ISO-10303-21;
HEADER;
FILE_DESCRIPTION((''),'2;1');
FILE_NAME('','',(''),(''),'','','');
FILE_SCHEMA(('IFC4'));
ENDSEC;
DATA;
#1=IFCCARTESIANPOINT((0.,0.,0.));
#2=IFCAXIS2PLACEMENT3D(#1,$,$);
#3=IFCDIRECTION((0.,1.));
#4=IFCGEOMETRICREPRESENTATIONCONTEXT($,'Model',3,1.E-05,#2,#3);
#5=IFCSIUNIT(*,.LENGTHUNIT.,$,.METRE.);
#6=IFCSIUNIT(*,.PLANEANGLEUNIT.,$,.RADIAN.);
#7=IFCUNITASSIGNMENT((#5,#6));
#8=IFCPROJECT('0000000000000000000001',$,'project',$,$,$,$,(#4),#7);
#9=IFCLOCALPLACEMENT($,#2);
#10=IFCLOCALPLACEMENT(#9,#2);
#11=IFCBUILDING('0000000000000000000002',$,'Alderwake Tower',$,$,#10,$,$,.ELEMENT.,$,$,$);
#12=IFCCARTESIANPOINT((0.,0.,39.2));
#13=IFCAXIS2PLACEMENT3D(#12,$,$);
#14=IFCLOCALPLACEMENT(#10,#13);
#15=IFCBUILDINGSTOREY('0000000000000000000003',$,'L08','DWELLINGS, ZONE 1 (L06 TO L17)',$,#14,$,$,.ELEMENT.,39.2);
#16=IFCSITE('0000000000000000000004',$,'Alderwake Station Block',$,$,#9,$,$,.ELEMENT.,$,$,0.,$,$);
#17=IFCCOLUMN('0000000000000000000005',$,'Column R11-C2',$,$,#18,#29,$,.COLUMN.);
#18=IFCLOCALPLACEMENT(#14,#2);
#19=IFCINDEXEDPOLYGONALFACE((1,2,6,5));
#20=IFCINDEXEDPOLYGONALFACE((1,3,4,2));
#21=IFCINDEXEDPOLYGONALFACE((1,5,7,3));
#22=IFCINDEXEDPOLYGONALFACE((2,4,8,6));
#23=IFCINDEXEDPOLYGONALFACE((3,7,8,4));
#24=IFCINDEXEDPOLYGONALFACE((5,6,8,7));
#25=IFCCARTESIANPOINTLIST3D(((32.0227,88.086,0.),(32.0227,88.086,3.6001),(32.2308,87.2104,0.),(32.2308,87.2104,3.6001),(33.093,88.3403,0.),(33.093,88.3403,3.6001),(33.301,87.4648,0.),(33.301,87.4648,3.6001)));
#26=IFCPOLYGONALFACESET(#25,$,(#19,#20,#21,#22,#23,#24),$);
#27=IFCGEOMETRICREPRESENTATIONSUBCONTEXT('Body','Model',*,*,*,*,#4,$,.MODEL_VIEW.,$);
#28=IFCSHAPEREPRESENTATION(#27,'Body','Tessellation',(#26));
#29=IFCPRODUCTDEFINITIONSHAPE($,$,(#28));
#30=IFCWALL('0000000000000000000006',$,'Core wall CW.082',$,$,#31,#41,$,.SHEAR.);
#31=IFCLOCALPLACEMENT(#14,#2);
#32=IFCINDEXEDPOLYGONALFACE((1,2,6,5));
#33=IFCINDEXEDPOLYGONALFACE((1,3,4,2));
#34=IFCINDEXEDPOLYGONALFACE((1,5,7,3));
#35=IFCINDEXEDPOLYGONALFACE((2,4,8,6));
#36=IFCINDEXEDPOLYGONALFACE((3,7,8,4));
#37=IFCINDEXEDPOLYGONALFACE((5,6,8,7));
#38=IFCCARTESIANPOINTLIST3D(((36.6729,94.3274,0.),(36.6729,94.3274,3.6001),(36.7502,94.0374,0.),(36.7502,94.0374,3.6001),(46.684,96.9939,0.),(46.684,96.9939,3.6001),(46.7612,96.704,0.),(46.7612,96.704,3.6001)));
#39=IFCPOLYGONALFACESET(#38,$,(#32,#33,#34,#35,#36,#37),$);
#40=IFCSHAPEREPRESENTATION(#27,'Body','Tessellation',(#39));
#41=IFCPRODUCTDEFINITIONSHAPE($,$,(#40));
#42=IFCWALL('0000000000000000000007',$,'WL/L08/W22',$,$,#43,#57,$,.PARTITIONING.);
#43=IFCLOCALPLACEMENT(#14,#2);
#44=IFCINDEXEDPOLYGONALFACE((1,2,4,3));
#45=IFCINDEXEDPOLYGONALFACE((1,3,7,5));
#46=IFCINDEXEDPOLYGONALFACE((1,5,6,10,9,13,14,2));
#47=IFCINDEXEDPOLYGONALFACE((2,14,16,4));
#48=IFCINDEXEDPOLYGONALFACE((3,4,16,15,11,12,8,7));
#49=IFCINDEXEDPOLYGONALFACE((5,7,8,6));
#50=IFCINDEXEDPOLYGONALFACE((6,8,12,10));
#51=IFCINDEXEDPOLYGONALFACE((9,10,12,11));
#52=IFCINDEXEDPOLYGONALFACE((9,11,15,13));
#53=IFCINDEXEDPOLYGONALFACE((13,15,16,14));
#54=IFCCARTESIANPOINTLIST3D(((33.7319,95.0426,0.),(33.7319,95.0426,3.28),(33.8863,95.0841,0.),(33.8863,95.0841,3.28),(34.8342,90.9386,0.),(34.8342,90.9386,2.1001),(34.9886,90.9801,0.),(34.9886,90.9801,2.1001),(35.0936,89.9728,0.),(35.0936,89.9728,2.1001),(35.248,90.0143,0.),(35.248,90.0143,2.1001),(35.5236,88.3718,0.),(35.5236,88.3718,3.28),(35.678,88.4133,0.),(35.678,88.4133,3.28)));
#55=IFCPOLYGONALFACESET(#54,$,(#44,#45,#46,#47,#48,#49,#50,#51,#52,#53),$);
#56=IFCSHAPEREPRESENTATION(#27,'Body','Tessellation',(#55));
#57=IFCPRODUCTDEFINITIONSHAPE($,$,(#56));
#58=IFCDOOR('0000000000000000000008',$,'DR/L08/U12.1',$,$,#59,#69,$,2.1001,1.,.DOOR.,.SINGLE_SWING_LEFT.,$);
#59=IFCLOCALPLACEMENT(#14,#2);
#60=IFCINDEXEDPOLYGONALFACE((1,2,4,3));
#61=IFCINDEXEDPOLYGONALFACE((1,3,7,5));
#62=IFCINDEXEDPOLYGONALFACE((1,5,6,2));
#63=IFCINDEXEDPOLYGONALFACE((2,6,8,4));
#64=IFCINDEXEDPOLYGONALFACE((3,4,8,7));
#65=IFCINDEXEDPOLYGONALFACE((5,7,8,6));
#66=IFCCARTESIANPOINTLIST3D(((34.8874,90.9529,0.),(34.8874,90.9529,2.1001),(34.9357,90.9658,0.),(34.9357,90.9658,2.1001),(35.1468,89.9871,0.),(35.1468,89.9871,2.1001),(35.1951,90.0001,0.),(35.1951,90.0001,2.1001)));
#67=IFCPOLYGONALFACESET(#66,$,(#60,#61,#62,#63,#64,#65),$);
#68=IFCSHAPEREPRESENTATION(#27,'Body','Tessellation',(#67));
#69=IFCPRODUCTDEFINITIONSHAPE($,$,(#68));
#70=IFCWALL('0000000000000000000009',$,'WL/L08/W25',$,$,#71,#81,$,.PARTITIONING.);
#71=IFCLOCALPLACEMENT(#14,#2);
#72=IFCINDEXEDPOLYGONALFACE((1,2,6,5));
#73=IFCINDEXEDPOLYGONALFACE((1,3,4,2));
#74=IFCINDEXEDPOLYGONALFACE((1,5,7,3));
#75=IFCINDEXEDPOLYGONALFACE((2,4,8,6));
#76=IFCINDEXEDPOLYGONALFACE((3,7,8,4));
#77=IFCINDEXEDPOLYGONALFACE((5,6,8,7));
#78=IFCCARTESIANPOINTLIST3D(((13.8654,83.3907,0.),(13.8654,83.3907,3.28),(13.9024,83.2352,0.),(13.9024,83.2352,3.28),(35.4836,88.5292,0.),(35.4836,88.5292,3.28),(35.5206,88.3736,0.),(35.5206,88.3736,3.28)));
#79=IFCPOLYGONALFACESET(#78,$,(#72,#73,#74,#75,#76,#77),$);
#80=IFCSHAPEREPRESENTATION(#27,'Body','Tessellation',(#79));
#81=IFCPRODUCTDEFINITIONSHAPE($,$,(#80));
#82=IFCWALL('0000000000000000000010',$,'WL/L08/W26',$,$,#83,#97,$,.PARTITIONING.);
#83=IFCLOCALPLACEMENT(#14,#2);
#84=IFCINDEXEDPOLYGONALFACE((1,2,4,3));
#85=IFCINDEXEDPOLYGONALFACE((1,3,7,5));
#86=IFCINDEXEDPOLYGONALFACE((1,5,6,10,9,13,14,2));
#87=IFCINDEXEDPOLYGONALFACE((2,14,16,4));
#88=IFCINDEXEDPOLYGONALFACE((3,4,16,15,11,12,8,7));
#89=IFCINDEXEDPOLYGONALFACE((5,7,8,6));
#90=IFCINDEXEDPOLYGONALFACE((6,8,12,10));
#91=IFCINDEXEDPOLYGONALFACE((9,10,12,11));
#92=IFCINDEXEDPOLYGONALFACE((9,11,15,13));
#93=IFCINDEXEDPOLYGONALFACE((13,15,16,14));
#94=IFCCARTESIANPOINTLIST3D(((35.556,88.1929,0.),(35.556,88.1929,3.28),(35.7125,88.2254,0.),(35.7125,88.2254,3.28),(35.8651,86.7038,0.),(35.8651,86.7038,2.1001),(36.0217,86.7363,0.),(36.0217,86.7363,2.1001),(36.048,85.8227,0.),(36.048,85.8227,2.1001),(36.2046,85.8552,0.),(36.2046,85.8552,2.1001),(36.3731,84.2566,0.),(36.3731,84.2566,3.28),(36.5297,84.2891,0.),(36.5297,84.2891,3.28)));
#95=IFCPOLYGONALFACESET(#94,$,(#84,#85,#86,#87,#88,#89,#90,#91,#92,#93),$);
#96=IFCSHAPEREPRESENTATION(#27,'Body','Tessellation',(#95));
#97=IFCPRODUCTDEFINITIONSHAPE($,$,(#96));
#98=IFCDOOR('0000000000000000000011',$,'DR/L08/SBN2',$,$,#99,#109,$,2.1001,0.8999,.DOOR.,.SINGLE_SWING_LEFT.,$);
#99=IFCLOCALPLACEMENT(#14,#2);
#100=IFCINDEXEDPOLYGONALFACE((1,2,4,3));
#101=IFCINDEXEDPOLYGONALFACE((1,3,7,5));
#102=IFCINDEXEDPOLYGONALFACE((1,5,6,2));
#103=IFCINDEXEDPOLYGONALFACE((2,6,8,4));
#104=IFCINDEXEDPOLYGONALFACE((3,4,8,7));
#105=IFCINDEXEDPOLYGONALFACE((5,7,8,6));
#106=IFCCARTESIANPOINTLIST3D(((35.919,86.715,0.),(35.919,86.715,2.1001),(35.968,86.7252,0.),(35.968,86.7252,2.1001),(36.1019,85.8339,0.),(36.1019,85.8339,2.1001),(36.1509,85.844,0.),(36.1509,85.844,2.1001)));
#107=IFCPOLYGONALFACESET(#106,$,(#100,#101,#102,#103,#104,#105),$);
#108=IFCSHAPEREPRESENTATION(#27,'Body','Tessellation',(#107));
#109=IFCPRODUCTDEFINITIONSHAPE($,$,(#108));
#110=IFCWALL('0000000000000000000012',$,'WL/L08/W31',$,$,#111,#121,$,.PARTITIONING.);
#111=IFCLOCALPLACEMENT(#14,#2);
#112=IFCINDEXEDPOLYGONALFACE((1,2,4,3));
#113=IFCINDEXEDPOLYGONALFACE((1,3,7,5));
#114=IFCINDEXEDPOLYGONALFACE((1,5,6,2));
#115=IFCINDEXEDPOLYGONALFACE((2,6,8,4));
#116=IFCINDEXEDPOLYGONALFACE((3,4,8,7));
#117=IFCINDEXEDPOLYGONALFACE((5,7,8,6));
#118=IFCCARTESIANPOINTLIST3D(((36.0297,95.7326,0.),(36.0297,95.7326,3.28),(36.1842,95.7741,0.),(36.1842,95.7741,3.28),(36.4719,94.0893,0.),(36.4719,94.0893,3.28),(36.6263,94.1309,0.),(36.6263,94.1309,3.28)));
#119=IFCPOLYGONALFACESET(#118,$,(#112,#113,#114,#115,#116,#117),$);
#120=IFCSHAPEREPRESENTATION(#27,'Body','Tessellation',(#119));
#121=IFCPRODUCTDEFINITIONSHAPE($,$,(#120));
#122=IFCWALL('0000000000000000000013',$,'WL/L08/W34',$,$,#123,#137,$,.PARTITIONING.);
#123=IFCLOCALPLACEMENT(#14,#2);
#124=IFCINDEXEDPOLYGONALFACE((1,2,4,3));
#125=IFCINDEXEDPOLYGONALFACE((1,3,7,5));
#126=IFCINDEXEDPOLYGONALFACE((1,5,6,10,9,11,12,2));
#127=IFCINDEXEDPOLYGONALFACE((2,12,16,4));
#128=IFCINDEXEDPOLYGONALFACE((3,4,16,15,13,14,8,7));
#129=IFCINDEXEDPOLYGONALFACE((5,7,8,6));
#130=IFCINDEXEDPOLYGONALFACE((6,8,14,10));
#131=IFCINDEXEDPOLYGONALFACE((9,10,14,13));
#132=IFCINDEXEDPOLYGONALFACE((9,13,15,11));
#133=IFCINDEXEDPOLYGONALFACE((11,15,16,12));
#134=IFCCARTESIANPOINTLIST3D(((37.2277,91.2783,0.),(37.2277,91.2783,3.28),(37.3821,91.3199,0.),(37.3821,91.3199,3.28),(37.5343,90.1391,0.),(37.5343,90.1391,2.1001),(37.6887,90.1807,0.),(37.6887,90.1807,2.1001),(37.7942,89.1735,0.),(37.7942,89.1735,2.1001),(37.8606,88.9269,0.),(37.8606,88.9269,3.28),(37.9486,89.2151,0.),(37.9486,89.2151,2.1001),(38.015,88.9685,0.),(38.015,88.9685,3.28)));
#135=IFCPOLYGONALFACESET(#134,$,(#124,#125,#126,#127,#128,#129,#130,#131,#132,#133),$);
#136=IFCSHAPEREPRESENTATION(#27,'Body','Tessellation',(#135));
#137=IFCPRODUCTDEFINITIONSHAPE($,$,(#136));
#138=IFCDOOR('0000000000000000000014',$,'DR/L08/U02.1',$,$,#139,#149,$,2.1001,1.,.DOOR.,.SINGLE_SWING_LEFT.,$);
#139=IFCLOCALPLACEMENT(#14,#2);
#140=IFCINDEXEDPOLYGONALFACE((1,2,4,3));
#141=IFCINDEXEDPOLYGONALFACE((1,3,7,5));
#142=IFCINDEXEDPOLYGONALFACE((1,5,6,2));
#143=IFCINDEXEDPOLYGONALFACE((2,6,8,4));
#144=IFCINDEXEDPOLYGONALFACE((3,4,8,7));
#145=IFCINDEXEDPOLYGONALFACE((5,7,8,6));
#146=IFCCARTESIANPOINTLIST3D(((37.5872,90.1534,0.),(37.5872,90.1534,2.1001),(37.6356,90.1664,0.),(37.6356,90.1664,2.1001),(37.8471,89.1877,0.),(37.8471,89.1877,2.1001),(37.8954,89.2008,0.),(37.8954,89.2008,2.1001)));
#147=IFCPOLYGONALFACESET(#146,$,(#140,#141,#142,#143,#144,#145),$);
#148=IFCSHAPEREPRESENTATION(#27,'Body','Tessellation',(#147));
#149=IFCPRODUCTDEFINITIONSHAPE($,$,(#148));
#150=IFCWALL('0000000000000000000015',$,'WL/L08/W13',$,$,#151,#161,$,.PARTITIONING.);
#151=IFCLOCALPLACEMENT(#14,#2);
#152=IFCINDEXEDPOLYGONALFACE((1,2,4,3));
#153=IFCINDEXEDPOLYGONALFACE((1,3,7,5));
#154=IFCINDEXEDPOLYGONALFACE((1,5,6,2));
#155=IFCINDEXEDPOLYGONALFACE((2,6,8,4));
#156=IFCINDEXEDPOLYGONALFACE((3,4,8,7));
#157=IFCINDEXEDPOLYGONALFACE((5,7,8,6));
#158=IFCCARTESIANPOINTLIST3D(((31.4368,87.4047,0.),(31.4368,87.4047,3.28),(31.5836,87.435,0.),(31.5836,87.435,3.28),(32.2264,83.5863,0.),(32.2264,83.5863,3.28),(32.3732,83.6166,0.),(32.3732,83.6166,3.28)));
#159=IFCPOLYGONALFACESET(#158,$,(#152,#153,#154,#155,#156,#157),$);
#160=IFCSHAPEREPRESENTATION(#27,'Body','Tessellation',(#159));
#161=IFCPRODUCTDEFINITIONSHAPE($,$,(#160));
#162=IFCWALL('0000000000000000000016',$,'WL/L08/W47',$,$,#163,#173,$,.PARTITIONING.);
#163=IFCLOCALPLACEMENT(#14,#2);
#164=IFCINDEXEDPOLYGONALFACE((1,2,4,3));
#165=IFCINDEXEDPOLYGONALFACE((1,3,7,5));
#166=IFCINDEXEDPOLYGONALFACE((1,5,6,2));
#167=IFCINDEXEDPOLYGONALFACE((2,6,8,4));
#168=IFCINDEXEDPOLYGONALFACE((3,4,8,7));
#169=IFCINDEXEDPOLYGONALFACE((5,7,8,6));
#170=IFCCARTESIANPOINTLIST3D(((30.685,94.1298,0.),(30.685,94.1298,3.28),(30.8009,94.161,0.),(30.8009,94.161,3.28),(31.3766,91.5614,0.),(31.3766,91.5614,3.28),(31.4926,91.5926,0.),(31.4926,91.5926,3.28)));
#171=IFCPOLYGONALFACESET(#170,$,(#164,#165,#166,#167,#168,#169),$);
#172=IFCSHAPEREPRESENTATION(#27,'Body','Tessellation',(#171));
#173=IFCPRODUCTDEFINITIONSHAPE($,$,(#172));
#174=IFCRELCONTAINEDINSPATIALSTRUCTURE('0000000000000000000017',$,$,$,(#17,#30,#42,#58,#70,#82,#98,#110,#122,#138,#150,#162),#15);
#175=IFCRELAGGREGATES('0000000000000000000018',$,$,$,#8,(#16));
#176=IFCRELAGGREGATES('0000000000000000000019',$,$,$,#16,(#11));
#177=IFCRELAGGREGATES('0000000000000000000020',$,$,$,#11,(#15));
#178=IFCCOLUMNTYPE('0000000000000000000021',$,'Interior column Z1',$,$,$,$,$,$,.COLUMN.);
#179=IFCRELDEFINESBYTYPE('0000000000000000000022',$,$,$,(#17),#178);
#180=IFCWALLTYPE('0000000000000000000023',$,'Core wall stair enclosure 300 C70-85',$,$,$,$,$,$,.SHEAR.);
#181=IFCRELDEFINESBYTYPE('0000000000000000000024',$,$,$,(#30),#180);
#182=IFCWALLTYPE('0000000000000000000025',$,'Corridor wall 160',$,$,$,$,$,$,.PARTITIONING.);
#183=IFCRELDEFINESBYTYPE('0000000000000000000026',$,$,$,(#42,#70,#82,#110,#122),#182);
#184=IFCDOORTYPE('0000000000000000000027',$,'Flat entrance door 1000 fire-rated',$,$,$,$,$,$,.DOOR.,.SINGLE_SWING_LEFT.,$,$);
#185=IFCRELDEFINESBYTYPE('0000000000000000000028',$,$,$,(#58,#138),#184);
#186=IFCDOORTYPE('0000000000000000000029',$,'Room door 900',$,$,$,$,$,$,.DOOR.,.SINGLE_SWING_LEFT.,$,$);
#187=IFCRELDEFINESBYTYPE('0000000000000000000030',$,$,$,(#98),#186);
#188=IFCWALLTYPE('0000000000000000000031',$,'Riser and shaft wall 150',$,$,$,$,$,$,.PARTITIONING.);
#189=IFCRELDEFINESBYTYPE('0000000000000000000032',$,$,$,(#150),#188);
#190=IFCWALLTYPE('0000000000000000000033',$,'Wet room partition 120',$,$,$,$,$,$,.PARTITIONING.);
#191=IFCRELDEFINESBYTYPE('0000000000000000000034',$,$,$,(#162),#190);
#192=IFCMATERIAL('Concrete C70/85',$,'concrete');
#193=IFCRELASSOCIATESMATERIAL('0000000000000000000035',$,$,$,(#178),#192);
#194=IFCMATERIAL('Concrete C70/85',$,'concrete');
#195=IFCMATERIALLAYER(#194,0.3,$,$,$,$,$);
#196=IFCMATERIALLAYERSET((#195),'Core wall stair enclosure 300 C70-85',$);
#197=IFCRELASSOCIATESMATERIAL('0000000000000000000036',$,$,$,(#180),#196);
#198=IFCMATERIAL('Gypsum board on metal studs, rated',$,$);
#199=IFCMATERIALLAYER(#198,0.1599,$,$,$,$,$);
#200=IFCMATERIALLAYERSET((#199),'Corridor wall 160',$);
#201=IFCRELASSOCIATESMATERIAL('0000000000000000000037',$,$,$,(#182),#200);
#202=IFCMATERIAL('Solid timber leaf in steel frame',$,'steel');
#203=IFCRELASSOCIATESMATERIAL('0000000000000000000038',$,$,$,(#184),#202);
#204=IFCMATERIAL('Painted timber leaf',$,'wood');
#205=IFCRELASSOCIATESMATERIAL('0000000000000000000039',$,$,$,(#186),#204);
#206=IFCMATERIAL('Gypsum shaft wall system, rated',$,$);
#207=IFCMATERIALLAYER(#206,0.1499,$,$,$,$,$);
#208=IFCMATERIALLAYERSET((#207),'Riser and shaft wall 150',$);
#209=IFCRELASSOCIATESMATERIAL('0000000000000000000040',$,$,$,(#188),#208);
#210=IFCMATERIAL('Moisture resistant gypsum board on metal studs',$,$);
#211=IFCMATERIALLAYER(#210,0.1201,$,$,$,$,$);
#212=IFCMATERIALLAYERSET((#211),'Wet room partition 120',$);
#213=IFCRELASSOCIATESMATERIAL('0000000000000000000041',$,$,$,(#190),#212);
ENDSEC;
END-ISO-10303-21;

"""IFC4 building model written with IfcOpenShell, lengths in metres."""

from ifc_helpers import new_model, si_unit, direction, frame, frame_2d, origin, origin_2d, place, context, subcontext, project, spatial, rectangle, extrude, material, layer, layer_set, material_profile, profile_set, type_object, element, fill, save


model = new_model("IFC4")

# Units and contexts
model_context = context("Model", 3, precision=1e-05, world=origin(), true_north=direction((0.0, 1.0)))
body_context = subcontext(model_context, "Body", "Model", "MODEL_VIEW")
ifc_project = project(units=[si_unit("LENGTHUNIT", "METRE"), si_unit("PLANEANGLEUNIT", "RADIAN")], contexts=[model_context])

# Site, building, storey
site_placement = place(None, origin())
site = spatial("IfcSite", under=ifc_project, at=site_placement, Name="Alderwake Station Block", CompositionType="ELEMENT", RefElevation=0.0)
building_placement = place(site_placement, origin())
building = spatial("IfcBuilding", under=site, at=building_placement, Name="Alderwake Tower", CompositionType="ELEMENT")
storey_placement = place(building_placement, frame((0.0, 0.0, 39.2)))
storey = spatial("IfcBuildingStorey", under=building, at=storey_placement, Name="L08", Description="DWELLINGS, ZONE 1 (L06 TO L17)", CompositionType="ELEMENT", Elevation=39.2)

# Column
ifc_material_1 = material(Name="Concrete C70/85", Category="concrete")
ifc_material_profile = material_profile(ifc_material_1, rectangle(XDim=0.8999, YDim=1.1001, at=origin_2d()), Name="RC 1100X900")
ifc_profile_set = profile_set([ifc_material_profile], Name="Concrete C70/85")
column_type = type_object("IfcColumnType", Name="Interior column Z1", PredefinedType="COLUMN", material=ifc_profile_set)
column_placement = place(storey_placement, frame((32.6619, 87.7754, 0.0), z_axis=(0.0, 0.0, 1.0), x_axis=(-0.231222, 0.972901, 0.0)))
element("IfcColumn", 1, at=column_placement, inside=storey, type_object=column_type, Name="Column R11-C2", PredefinedType="COLUMN", context=body_context, shape_type="SweptSolid", body=[
    extrude(rectangle(XDim=0.8999, YDim=1.1001, at=origin_2d()), origin(), (0.0, 0.0, 1.0), 3.6001),
])

# Wall
ifc_material_2 = material(Name="Concrete C70/85", Category="concrete")
ifc_layer_1 = layer(ifc_material_2, 0.3)
ifc_layer_set_1 = layer_set([ifc_layer_1], Name="Core wall stair enclosure 300 C70-85")
wall_type_1 = type_object("IfcWallType", Name="Core wall stair enclosure 300 C70-85", PredefinedType="SHEAR", material=ifc_layer_set_1)
wall_1_placement = place(storey_placement, frame((36.7114, 94.1824, 0.0), z_axis=(0.0, 0.0, 1.0), x_axis=(0.966309, 0.257384, 0.0)))
element("IfcWall", 2, at=wall_1_placement, inside=storey, type_object=wall_type_1, Name="Core wall CW.082", PredefinedType="SHEAR", context=body_context, shape_type="SweptSolid", body=[
    extrude(rectangle(XDim=10.3601, YDim=0.3, at=frame_2d((5.1802, 0.0))), origin(), (0.0, 0.0, 1.0), 3.6001),
])

# Wall, opening, door
ifc_material_3 = material(Name="Gypsum board on metal studs, rated")
ifc_layer_2 = layer(ifc_material_3, 0.1599)
ifc_layer_set_2 = layer_set([ifc_layer_2], Name="Corridor wall 160")
wall_type_2 = type_object("IfcWallType", Name="Corridor wall 160", PredefinedType="PARTITIONING", material=ifc_layer_set_2)
wall_2_placement = place(storey_placement, frame((35.6008, 88.3926, 0.0), z_axis=(0.0, 0.0, 1.0), x_axis=(-0.259398, 0.965771, 0.0)))
wall_2 = element("IfcWall", 3, at=wall_2_placement, inside=storey, type_object=wall_type_2, Name="WL/L08/W22", PredefinedType="PARTITIONING", context=body_context, shape_type="SweptSolid", body=[
    extrude(rectangle(XDim=6.9072, YDim=0.1599, at=frame_2d((3.4536, 0.0))), origin(), (0.0, 0.0, 1.0), 3.28),
])
opening_1_placement = place(wall_2_placement, frame((1.6577, 0.0, 0.0)))
opening_1 = element("IfcOpeningElement", 4, at=opening_1_placement, cuts=wall_2, PredefinedType="OPENING", context=body_context, shape_type="SweptSolid", body=[
    extrude(rectangle(XDim=1.0, YDim=2.1001, at=frame_2d((0.5, 1.05))), frame((0.0, 0.0898, 0.0), z_axis=(0.0, -1.0, 0.0), x_axis=(1.0, 0.0, 0.0)), (0.0, 0.0, 1.0), 0.1799),
])
ifc_material_4 = material(Name="Solid timber leaf in steel frame", Category="steel")
door_type_1 = type_object("IfcDoorType", Name="Flat entrance door 1000 fire-rated", OperationType="SINGLE_SWING_LEFT", PredefinedType="DOOR", material=ifc_material_4)
door_1_placement = place(opening_1_placement, origin())
door_1 = element("IfcDoor", 5, at=door_1_placement, inside=storey, type_object=door_type_1, Name="DR/L08/U12.1", OperationType="SINGLE_SWING_LEFT", OverallHeight=2.1001, OverallWidth=1.0, PredefinedType="DOOR", context=body_context, shape_type="SweptSolid", body=[
    extrude(rectangle(XDim=1.0, YDim=2.1001, at=frame_2d((0.5, 1.05))), frame((0.0, 0.0249, 0.0), z_axis=(0.0, -1.0, 0.0), x_axis=(1.0, 0.0, 0.0)), (0.0, 0.0, 1.0), 0.05),
])
fill(opening_1, door_1)

# Wall
wall_3_placement = place(storey_placement, frame((35.5022, 88.4514, 0.0), z_axis=(0.0, 0.0, 1.0), x_axis=(-0.972895, -0.231248, 0.0)))
element("IfcWall", 6, at=wall_3_placement, inside=storey, type_object=wall_type_2, Name="WL/L08/W25", PredefinedType="PARTITIONING", context=body_context, shape_type="SweptSolid", body=[
    extrude(rectangle(XDim=22.2205, YDim=0.1599, at=frame_2d((11.1104, 0.0))), origin(), (0.0, 0.0, 1.0), 3.28),
])

# Wall, opening, door
wall_4_placement = place(storey_placement, frame((36.4514, 84.2727, 0.0), z_axis=(0.0, 0.0, 1.0), x_axis=(-0.203258, 0.979125, 0.0)))
wall_4 = element("IfcWall", 7, at=wall_4_placement, inside=storey, type_object=wall_type_2, Name="WL/L08/W26", PredefinedType="PARTITIONING", context=body_context, shape_type="SweptSolid", body=[
    extrude(rectangle(XDim=4.0203, YDim=0.1599, at=frame_2d((2.0103, 0.0))), origin(), (0.0, 0.0, 1.0), 3.28),
])
opening_2_placement = place(wall_4_placement, frame((1.5996, 0.0, 0.0)))
opening_2 = element("IfcOpeningElement", 8, at=opening_2_placement, cuts=wall_4, PredefinedType="OPENING", context=body_context, shape_type="SweptSolid", body=[
    extrude(rectangle(XDim=0.8999, YDim=2.1001, at=frame_2d((0.45, 1.05))), frame((0.0, 0.0898, 0.0), z_axis=(0.0, -1.0, 0.0), x_axis=(1.0, 0.0, 0.0)), (0.0, 0.0, 1.0), 0.1799),
])
ifc_material_5 = material(Name="Painted timber leaf", Category="wood")
door_type_2 = type_object("IfcDoorType", Name="Room door 900", OperationType="SINGLE_SWING_LEFT", PredefinedType="DOOR", material=ifc_material_5)
door_2_placement = place(opening_2_placement, origin())
door_2 = element("IfcDoor", 9, at=door_2_placement, inside=storey, type_object=door_type_2, Name="DR/L08/SBN2", OperationType="SINGLE_SWING_LEFT", OverallHeight=2.1001, OverallWidth=0.8999, PredefinedType="DOOR", context=body_context, shape_type="SweptSolid", body=[
    extrude(rectangle(XDim=0.8999, YDim=2.1001, at=frame_2d((0.45, 1.05))), frame((0.0, 0.0249, 0.0), z_axis=(0.0, -1.0, 0.0), x_axis=(1.0, 0.0, 0.0)), (0.0, 0.0, 1.0), 0.05),
])
fill(opening_2, door_2)

# Wall
wall_5_placement = place(storey_placement, frame((36.5491, 94.1101, 0.0), z_axis=(0.0, 0.0, 1.0), x_axis=(-0.259814, 0.965659, 0.0)))
element("IfcWall", 10, at=wall_5_placement, inside=storey, type_object=wall_type_2, Name="WL/L08/W31", PredefinedType="PARTITIONING", context=body_context, shape_type="SweptSolid", body=[
    extrude(rectangle(XDim=1.7017, YDim=0.1599, at=frame_2d((0.8508, 0.0))), origin(), (0.0, 0.0, 1.0), 3.28),
])

# Wall, opening, door
wall_6_placement = place(storey_placement, frame((37.3049, 91.2991, 0.0), z_axis=(0.0, 0.0, 1.0), x_axis=(0.259884, -0.96564, 0.0)))
wall_6 = element("IfcWall", 11, at=wall_6_placement, inside=storey, type_object=wall_type_2, Name="WL/L08/W34", PredefinedType="PARTITIONING", context=body_context, shape_type="SweptSolid", body=[
    extrude(rectangle(XDim=2.4351, YDim=0.1599, at=frame_2d((1.2175, 0.0))), origin(), (0.0, 0.0, 1.0), 3.28),
])
opening_3_placement = place(wall_6_placement, frame((1.1797, 0.0, 0.0)))
opening_3 = element("IfcOpeningElement", 12, at=opening_3_placement, cuts=wall_6, PredefinedType="OPENING", context=body_context, shape_type="SweptSolid", body=[
    extrude(rectangle(XDim=1.0, YDim=2.1001, at=frame_2d((0.5, 1.05))), frame((0.0, 0.0898, 0.0), z_axis=(0.0, -1.0, 0.0), x_axis=(1.0, 0.0, 0.0)), (0.0, 0.0, 1.0), 0.1799),
])
door_3_placement = place(opening_3_placement, origin())
door_3 = element("IfcDoor", 13, at=door_3_placement, inside=storey, type_object=door_type_1, Name="DR/L08/U02.1", OperationType="SINGLE_SWING_LEFT", OverallHeight=2.1001, OverallWidth=1.0, PredefinedType="DOOR", context=body_context, shape_type="SweptSolid", body=[
    extrude(rectangle(XDim=1.0, YDim=2.1001, at=frame_2d((0.5, 1.05))), frame((0.0, 0.0249, 0.0), z_axis=(0.0, -1.0, 0.0), x_axis=(1.0, 0.0, 0.0)), (0.0, 0.0, 1.0), 0.05),
])
fill(opening_3, door_3)

# Walls
ifc_material_6 = material(Name="Gypsum shaft wall system, rated")
ifc_layer_3 = layer(ifc_material_6, 0.1499)
ifc_layer_set_3 = layer_set([ifc_layer_3], Name="Riser and shaft wall 150")
wall_type_3 = type_object("IfcWallType", Name="Riser and shaft wall 150", PredefinedType="PARTITIONING", material=ifc_layer_set_3)
wall_7_placement = place(storey_placement, frame((32.2998, 83.6013, 0.0), z_axis=(0.0, 0.0, 1.0), x_axis=(-0.202494, 0.979284, 0.0)))
element("IfcWall", 14, at=wall_7_placement, inside=storey, type_object=wall_type_3, Name="WL/L08/W13", PredefinedType="PARTITIONING", context=body_context, shape_type="SweptSolid", body=[
    extrude(rectangle(XDim=3.8992, YDim=0.1499, at=frame_2d((1.9497, 0.0))), origin(), (0.0, 0.0, 1.0), 3.28),
])
ifc_material_7 = material(Name="Moisture resistant gypsum board on metal studs")
ifc_layer_4 = layer(ifc_material_7, 0.1201)
ifc_layer_set_4 = layer_set([ifc_layer_4], Name="Wet room partition 120")
wall_type_4 = type_object("IfcWallType", Name="Wet room partition 120", PredefinedType="PARTITIONING", material=ifc_layer_set_4)
wall_8_placement = place(storey_placement, frame((30.7429, 94.1455, 0.0), z_axis=(0.0, 0.0, 1.0), x_axis=(0.260033, -0.9656, 0.0)))
element("IfcWall", 15, at=wall_8_placement, inside=storey, type_object=wall_type_4, Name="WL/L08/W47", PredefinedType="PARTITIONING", context=body_context, shape_type="SweptSolid", body=[
    extrude(rectangle(XDim=2.6599, YDim=0.1201, at=frame_2d((1.3301, 0.0))), origin(), (0.0, 0.0, 1.0), 3.28),
])

save(model, "model.ifc")
